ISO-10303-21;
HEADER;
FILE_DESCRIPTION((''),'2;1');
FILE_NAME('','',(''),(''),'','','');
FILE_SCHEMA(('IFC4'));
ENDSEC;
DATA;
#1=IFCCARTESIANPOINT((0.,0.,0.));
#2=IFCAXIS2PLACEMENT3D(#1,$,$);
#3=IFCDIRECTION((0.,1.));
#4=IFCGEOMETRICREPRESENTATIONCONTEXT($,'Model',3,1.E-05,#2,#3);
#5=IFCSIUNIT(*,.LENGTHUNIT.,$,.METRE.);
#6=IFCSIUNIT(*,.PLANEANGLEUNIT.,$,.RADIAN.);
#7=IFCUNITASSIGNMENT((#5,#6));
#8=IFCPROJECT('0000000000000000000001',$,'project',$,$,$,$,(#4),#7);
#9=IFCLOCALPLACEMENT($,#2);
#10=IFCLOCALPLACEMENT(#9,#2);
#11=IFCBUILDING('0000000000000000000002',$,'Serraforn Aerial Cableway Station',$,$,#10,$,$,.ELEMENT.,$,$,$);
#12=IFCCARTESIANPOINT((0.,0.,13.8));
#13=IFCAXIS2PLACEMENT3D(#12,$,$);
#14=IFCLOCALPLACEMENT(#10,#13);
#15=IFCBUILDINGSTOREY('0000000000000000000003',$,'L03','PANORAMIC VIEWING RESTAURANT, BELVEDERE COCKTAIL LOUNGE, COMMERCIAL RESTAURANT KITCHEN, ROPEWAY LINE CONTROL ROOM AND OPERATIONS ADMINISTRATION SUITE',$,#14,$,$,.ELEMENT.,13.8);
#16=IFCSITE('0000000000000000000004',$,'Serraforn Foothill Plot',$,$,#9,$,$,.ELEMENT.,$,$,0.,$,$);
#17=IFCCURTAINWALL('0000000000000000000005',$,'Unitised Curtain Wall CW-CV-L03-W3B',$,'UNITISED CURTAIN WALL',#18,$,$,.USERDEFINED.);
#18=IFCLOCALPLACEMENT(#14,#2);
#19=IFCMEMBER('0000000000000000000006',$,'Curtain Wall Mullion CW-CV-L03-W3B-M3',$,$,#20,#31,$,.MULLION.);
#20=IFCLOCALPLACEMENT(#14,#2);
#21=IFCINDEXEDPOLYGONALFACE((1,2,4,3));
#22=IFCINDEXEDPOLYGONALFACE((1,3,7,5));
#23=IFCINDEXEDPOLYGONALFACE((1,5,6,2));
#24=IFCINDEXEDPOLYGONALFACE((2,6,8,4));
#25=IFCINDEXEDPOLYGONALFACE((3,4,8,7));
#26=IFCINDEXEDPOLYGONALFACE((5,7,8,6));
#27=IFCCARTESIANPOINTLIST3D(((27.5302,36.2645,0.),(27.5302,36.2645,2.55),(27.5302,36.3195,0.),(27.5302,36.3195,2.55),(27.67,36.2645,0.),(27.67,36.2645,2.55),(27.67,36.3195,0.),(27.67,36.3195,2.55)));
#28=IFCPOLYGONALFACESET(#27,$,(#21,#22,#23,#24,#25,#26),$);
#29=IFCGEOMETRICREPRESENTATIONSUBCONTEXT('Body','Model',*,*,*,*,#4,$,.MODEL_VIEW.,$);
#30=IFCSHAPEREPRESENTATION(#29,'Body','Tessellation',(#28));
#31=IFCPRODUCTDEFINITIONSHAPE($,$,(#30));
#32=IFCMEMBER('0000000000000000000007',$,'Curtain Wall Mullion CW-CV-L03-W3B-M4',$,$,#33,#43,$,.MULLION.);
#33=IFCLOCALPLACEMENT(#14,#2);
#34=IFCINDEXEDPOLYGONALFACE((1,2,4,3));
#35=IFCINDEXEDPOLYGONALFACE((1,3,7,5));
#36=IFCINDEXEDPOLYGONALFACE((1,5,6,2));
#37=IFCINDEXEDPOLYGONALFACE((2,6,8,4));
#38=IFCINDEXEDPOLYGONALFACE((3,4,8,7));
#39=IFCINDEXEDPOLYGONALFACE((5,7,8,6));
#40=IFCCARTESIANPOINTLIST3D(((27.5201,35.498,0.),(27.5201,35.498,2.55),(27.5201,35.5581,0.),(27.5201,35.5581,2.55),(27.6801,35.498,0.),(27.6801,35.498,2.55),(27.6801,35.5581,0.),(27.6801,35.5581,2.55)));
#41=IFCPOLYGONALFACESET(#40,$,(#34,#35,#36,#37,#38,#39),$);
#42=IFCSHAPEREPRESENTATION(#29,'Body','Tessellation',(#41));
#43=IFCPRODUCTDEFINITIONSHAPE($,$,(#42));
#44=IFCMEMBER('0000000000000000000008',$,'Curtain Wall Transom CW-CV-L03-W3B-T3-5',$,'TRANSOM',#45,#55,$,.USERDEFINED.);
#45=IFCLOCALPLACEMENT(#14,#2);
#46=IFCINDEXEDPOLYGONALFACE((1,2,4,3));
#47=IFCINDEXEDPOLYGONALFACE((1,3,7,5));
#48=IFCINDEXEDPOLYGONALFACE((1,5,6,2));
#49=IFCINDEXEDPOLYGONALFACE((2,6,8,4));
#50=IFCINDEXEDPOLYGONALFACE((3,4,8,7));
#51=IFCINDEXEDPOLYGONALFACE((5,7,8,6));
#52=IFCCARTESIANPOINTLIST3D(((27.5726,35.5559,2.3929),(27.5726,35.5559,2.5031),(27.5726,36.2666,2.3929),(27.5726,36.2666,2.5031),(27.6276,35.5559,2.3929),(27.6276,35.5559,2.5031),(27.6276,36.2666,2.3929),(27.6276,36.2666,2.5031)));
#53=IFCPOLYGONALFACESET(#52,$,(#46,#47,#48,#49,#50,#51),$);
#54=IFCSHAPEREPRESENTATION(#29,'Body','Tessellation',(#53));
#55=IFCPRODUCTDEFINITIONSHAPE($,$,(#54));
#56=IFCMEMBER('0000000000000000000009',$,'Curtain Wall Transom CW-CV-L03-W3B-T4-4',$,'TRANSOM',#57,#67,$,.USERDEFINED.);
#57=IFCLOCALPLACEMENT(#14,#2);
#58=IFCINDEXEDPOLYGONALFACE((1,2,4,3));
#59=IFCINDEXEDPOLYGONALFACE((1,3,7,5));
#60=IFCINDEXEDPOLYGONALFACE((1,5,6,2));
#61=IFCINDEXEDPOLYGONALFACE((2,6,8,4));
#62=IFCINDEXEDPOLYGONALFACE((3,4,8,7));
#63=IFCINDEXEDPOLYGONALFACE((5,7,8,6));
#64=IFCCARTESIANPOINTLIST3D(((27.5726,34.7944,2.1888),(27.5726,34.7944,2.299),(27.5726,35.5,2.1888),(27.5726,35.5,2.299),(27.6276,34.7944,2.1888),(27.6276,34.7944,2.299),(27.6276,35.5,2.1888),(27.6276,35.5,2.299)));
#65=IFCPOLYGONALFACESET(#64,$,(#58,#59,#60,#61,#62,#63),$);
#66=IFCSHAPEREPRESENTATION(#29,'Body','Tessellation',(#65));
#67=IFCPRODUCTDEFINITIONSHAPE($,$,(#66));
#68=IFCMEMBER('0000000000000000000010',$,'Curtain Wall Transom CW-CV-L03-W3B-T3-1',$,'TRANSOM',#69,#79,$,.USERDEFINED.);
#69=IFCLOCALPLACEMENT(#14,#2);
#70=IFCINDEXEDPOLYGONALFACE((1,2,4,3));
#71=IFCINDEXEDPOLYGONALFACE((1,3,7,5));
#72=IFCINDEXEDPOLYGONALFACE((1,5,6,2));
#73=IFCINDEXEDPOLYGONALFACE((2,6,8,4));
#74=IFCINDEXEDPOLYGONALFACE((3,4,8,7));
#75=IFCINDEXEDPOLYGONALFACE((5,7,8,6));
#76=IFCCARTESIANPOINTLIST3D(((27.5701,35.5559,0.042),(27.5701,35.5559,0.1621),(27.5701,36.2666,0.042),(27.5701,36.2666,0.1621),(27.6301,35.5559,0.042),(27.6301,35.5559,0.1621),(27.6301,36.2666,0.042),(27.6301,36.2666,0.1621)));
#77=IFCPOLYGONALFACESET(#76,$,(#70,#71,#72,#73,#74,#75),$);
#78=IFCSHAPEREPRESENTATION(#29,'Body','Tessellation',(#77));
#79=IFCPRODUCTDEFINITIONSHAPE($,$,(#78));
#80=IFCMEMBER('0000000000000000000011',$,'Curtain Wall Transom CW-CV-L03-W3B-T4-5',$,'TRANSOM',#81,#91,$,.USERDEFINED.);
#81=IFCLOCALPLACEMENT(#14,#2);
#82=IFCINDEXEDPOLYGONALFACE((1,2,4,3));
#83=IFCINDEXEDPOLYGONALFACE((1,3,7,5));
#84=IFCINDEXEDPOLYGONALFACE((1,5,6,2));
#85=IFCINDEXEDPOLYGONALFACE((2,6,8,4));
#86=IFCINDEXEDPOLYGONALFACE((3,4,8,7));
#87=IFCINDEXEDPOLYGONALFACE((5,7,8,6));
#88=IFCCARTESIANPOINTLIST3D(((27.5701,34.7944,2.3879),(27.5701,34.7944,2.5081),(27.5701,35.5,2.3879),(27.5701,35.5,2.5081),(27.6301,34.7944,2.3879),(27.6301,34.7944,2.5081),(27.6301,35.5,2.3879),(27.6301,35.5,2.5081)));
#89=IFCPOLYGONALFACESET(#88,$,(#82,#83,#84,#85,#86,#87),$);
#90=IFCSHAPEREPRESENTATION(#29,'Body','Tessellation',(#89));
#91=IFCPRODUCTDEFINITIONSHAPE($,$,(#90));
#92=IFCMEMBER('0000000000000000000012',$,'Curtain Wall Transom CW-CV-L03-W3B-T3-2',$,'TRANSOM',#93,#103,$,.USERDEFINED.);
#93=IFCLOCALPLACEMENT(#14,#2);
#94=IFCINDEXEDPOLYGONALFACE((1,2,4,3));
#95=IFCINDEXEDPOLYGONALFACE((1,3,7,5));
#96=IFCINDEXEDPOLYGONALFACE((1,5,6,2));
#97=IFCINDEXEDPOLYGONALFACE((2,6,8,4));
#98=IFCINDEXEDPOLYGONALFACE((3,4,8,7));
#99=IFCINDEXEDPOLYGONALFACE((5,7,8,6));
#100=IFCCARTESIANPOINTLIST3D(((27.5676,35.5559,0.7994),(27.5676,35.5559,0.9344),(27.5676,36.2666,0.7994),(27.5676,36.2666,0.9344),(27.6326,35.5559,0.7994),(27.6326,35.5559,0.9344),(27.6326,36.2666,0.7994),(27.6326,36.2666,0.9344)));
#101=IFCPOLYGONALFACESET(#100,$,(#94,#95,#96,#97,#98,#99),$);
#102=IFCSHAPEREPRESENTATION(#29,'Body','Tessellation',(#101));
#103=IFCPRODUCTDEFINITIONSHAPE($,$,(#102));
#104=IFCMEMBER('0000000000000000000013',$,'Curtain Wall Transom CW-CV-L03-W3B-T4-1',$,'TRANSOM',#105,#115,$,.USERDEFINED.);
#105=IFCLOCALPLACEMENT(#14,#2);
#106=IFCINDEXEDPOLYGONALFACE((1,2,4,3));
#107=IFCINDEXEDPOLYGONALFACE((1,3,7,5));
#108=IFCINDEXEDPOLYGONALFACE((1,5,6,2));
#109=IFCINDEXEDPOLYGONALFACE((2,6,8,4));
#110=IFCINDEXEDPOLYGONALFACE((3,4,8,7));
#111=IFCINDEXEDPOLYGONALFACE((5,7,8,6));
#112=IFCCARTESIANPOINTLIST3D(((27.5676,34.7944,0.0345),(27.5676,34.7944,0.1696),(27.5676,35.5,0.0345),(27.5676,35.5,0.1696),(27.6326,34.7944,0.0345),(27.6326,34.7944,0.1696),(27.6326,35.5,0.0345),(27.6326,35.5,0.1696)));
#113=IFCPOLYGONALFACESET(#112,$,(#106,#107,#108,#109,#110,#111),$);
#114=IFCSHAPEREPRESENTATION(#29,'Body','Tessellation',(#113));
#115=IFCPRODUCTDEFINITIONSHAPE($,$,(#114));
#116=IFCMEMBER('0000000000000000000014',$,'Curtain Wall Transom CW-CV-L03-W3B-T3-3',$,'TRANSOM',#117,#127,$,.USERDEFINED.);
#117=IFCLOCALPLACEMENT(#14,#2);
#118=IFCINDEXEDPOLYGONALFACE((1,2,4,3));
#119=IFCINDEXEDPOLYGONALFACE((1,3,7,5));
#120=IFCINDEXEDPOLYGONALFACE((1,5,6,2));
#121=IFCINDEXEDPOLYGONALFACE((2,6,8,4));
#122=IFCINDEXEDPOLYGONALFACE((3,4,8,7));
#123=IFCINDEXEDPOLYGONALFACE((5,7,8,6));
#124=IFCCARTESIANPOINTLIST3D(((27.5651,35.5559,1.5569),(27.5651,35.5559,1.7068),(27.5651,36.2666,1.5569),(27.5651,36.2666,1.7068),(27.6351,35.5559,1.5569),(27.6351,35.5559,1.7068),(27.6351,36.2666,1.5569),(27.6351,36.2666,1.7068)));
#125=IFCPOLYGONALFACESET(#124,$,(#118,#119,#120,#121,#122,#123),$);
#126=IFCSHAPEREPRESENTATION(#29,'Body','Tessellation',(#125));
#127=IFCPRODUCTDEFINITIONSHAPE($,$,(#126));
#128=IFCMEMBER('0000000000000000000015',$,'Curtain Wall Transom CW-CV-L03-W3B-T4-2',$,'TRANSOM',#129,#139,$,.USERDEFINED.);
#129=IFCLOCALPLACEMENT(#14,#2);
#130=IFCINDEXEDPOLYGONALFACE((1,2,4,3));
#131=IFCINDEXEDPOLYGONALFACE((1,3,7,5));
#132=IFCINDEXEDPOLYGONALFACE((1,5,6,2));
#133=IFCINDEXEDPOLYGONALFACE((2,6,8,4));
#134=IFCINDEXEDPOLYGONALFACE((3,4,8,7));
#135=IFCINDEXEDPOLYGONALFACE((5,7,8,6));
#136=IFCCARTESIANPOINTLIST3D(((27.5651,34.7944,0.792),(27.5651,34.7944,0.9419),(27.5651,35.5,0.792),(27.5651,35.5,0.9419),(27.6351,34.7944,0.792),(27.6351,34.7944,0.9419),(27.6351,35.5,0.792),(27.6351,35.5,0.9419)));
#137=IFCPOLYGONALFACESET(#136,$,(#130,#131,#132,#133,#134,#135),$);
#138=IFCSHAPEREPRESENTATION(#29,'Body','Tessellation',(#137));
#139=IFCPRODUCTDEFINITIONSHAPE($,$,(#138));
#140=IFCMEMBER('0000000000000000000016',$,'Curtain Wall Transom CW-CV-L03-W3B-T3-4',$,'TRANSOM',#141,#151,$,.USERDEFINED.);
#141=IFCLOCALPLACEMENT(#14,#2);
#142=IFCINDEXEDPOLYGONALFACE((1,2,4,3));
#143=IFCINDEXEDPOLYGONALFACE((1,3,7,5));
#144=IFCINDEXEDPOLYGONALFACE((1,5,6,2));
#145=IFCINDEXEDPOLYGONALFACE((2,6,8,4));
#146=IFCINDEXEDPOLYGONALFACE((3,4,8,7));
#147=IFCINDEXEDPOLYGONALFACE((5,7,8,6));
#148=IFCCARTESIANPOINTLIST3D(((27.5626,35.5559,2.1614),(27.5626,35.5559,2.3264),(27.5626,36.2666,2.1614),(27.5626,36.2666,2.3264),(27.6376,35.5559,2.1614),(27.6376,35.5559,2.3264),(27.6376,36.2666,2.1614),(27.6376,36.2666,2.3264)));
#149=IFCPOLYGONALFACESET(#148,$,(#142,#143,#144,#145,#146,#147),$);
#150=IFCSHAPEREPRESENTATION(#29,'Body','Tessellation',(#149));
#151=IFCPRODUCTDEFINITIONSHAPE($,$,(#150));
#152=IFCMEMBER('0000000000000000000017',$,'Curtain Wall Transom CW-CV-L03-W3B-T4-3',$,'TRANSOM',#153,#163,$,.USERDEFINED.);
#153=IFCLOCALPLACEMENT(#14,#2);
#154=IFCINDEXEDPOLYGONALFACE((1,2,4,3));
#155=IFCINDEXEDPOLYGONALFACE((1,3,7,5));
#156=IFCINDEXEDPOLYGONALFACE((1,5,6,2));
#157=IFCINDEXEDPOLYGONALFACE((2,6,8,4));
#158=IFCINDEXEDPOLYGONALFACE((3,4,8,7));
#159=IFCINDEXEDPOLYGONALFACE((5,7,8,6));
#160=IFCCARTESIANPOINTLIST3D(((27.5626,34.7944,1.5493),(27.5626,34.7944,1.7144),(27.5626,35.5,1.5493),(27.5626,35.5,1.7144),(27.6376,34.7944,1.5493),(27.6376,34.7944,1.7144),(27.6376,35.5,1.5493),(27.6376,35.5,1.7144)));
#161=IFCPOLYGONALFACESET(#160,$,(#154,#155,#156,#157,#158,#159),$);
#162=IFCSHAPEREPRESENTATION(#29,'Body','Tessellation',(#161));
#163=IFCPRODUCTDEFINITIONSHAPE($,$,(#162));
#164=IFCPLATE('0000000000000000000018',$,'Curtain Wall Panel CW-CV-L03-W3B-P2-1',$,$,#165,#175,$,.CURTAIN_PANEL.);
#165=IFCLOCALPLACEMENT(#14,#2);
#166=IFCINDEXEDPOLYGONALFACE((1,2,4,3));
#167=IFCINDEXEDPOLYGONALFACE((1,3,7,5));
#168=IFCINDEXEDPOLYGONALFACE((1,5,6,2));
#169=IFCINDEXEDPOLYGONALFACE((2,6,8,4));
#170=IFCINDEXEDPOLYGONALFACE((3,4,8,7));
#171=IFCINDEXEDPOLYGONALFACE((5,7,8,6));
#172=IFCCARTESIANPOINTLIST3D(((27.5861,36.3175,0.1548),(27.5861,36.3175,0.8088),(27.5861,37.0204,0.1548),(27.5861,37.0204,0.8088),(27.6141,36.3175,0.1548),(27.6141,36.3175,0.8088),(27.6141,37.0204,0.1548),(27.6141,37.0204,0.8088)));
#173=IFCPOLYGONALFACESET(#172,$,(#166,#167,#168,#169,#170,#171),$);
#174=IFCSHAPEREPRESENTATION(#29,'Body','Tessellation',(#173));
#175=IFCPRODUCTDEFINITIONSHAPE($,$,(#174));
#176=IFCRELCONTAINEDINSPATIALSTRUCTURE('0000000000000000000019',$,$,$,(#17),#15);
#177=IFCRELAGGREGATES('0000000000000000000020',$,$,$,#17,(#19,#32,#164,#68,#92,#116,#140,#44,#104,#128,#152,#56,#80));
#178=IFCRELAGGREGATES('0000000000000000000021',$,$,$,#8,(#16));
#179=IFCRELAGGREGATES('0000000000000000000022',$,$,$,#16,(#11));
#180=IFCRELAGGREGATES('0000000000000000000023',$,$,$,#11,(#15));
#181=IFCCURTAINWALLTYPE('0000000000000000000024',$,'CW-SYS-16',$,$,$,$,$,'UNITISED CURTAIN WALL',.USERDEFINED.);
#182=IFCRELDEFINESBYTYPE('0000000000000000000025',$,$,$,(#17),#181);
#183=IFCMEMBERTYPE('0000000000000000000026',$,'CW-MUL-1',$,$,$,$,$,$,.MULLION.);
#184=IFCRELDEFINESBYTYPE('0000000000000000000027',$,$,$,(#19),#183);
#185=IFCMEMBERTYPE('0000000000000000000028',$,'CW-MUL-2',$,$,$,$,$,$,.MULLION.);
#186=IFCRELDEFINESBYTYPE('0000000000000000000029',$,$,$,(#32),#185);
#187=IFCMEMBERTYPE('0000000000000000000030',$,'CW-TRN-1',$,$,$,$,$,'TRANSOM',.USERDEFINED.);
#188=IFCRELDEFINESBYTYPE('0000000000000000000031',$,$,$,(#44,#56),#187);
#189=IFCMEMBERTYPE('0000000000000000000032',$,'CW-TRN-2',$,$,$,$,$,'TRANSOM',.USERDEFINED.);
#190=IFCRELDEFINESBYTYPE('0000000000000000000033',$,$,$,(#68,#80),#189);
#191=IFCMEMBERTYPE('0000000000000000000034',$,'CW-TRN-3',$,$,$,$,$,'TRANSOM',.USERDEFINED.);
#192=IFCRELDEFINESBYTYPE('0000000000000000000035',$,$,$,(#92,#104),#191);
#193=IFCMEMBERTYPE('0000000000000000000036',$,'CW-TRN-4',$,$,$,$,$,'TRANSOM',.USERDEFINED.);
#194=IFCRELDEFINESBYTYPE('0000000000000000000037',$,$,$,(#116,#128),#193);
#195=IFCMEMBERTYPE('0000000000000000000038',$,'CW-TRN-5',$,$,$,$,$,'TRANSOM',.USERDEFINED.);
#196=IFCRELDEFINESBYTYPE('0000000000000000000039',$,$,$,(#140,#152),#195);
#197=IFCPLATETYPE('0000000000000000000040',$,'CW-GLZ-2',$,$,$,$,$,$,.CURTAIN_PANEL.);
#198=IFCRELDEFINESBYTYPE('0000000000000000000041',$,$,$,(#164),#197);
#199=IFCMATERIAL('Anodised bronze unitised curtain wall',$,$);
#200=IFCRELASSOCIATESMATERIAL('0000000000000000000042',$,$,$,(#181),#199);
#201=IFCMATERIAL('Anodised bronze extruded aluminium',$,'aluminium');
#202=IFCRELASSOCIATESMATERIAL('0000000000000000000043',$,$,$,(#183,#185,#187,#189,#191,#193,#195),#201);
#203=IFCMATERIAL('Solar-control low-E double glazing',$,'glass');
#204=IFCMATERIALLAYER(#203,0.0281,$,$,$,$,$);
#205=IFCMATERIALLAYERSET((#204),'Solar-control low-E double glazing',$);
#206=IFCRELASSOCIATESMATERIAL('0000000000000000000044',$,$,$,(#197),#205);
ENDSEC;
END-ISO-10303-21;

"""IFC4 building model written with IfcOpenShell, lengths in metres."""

from ifc_helpers import new_model, si_unit, direction, frame, origin, origin_2d, place, context, subcontext, project, spatial, rectangle, extrude, material, layer, layer_set, material_profile, profile_set, type_object, element, aggregate, save


model = new_model("IFC4")

# Units and contexts
model_context = context("Model", 3, precision=1e-05, world=origin(), true_north=direction((0.0, 1.0)))
body_context = subcontext(model_context, "Body", "Model", "MODEL_VIEW")
ifc_project = project(units=[si_unit("LENGTHUNIT", "METRE"), si_unit("PLANEANGLEUNIT", "RADIAN")], contexts=[model_context])

# Site, building, storey
site_placement = place(None, origin())
site = spatial("IfcSite", under=ifc_project, at=site_placement, Name="Serraforn Foothill Plot", CompositionType="ELEMENT", RefElevation=0.0)
building_placement = place(site_placement, origin())
building = spatial("IfcBuilding", under=site, at=building_placement, Name="Serraforn Aerial Cableway Station", CompositionType="ELEMENT")
storey_placement = place(building_placement, frame((0.0, 0.0, 13.8)))
storey = spatial("IfcBuildingStorey", under=building, at=storey_placement, Name="L03", Description="PANORAMIC VIEWING RESTAURANT, BELVEDERE COCKTAIL LOUNGE, COMMERCIAL RESTAURANT KITCHEN, ROPEWAY LINE CONTROL ROOM AND OPERATIONS ADMINISTRATION SUITE", CompositionType="ELEMENT", Elevation=13.8)

# Curtain wall, members, plate
ifc_material_1 = material(Name="Anodised bronze unitised curtain wall")
curtain_wall_type = type_object("IfcCurtainWallType", Name="CW-SYS-16", ElementType="UNITISED CURTAIN WALL", PredefinedType="USERDEFINED", material=ifc_material_1)
curtain_wall_placement = place(storey_placement, origin())
curtain_wall = element("IfcCurtainWall", 1, at=curtain_wall_placement, inside=storey, type_object=curtain_wall_type, Name="Unitised Curtain Wall CW-CV-L03-W3B", ObjectType="UNITISED CURTAIN WALL", PredefinedType="USERDEFINED")
ifc_material_2 = material(Name="Anodised bronze extruded aluminium", Category="aluminium")
ifc_material_profile_1 = material_profile(ifc_material_2, rectangle(XDim=0.0549, YDim=0.1399, at=origin_2d()), Name="CW MULLION 55x140")
ifc_profile_set_1 = profile_set([ifc_material_profile_1], Name="Anodised bronze extruded aluminium")
member_type_1 = type_object("IfcMemberType", Name="CW-MUL-1", PredefinedType="MULLION", material=ifc_profile_set_1)
member_1_placement = place(storey_placement, frame((27.6001, 36.292, 0.0), z_axis=(0.0, 0.0, 1.0), x_axis=(0.0, -1.0, 0.0)))
member_1 = element("IfcMember", 2, at=member_1_placement, type_object=member_type_1, Name="Curtain Wall Mullion CW-CV-L03-W3B-M3", PredefinedType="MULLION", context=body_context, shape_type="SweptSolid", body=[
    extrude(rectangle(XDim=0.0549, YDim=0.1399, at=origin_2d()), origin(), (0.0, 0.0, 1.0), 2.55),
])
ifc_material_profile_2 = material_profile(ifc_material_2, rectangle(XDim=0.0601, YDim=0.1599, at=origin_2d()), Name="CW MULLION 60x160")
ifc_profile_set_2 = profile_set([ifc_material_profile_2], Name="Anodised bronze extruded aluminium")
member_type_2 = type_object("IfcMemberType", Name="CW-MUL-2", PredefinedType="MULLION", material=ifc_profile_set_2)
member_2_placement = place(storey_placement, frame((27.6001, 35.5281, 0.0), z_axis=(0.0, 0.0, 1.0), x_axis=(0.0, -1.0, 0.0)))
member_2 = element("IfcMember", 3, at=member_2_placement, type_object=member_type_2, Name="Curtain Wall Mullion CW-CV-L03-W3B-M4", PredefinedType="MULLION", context=body_context, shape_type="SweptSolid", body=[
    extrude(rectangle(XDim=0.0601, YDim=0.1599, at=origin_2d()), origin(), (0.0, 0.0, 1.0), 2.55),
])
ifc_material_profile_3 = material_profile(ifc_material_2, rectangle(XDim=0.0549, YDim=0.1101, at=origin_2d()), Name="CW TRANSOM 55x110")
ifc_profile_set_3 = profile_set([ifc_material_profile_3], Name="Anodised bronze extruded aluminium")
member_type_3 = type_object("IfcMemberType", Name="CW-TRN-1", ElementType="TRANSOM", PredefinedType="USERDEFINED", material=ifc_profile_set_3)
member_3_placement = place(storey_placement, frame((27.6001, 36.2666, 2.448), z_axis=(0.0, -1.0, 0.0), x_axis=(1.0, 0.0, 0.0)))
member_3 = element("IfcMember", 4, at=member_3_placement, type_object=member_type_3, Name="Curtain Wall Transom CW-CV-L03-W3B-T3-5", ObjectType="TRANSOM", PredefinedType="USERDEFINED", context=body_context, shape_type="SweptSolid", body=[
    extrude(rectangle(XDim=0.0549, YDim=0.1101, at=origin_2d()), origin(), (0.0, 0.0, 1.0), 0.7107),
])
member_4_placement = place(storey_placement, frame((27.6001, 35.5, 2.2439), z_axis=(0.0, -1.0, 0.0), x_axis=(1.0, 0.0, 0.0)))
member_4 = element("IfcMember", 5, at=member_4_placement, type_object=member_type_3, Name="Curtain Wall Transom CW-CV-L03-W3B-T4-4", ObjectType="TRANSOM", PredefinedType="USERDEFINED", context=body_context, shape_type="SweptSolid", body=[
    extrude(rectangle(XDim=0.0549, YDim=0.1101, at=origin_2d()), origin(), (0.0, 0.0, 1.0), 0.7056),
])
ifc_material_profile_4 = material_profile(ifc_material_2, rectangle(XDim=0.0601, YDim=0.1201, at=origin_2d()), Name="CW TRANSOM 60x120")
ifc_profile_set_4 = profile_set([ifc_material_profile_4], Name="Anodised bronze extruded aluminium")
member_type_4 = type_object("IfcMemberType", Name="CW-TRN-2", ElementType="TRANSOM", PredefinedType="USERDEFINED", material=ifc_profile_set_4)
member_5_placement = place(storey_placement, frame((27.6001, 36.2666, 0.1021), z_axis=(0.0, -1.0, 0.0), x_axis=(1.0, 0.0, 0.0)))
member_5 = element("IfcMember", 6, at=member_5_placement, type_object=member_type_4, Name="Curtain Wall Transom CW-CV-L03-W3B-T3-1", ObjectType="TRANSOM", PredefinedType="USERDEFINED", context=body_context, shape_type="SweptSolid", body=[
    extrude(rectangle(XDim=0.0601, YDim=0.1201, at=origin_2d()), origin(), (0.0, 0.0, 1.0), 0.7107),
])
member_6_placement = place(storey_placement, frame((27.6001, 35.5, 2.448), z_axis=(0.0, -1.0, 0.0), x_axis=(1.0, 0.0, 0.0)))
member_6 = element("IfcMember", 7, at=member_6_placement, type_object=member_type_4, Name="Curtain Wall Transom CW-CV-L03-W3B-T4-5", ObjectType="TRANSOM", PredefinedType="USERDEFINED", context=body_context, shape_type="SweptSolid", body=[
    extrude(rectangle(XDim=0.0601, YDim=0.1201, at=origin_2d()), origin(), (0.0, 0.0, 1.0), 0.7056),
])
ifc_material_profile_5 = material_profile(ifc_material_2, rectangle(XDim=0.0649, YDim=0.135, at=origin_2d()), Name="CW TRANSOM 65x135")
ifc_profile_set_5 = profile_set([ifc_material_profile_5], Name="Anodised bronze extruded aluminium")
member_type_5 = type_object("IfcMemberType", Name="CW-TRN-3", ElementType="TRANSOM", PredefinedType="USERDEFINED", material=ifc_profile_set_5)
member_7_placement = place(storey_placement, frame((27.6001, 36.2666, 0.8669), z_axis=(0.0, -1.0, 0.0), x_axis=(1.0, 0.0, 0.0)))
member_7 = element("IfcMember", 8, at=member_7_placement, type_object=member_type_5, Name="Curtain Wall Transom CW-CV-L03-W3B-T3-2", ObjectType="TRANSOM", PredefinedType="USERDEFINED", context=body_context, shape_type="SweptSolid", body=[
    extrude(rectangle(XDim=0.0649, YDim=0.135, at=origin_2d()), origin(), (0.0, 0.0, 1.0), 0.7107),
])
member_8_placement = place(storey_placement, frame((27.6001, 35.5, 0.1021), z_axis=(0.0, -1.0, 0.0), x_axis=(1.0, 0.0, 0.0)))
member_8 = element("IfcMember", 9, at=member_8_placement, type_object=member_type_5, Name="Curtain Wall Transom CW-CV-L03-W3B-T4-1", ObjectType="TRANSOM", PredefinedType="USERDEFINED", context=body_context, shape_type="SweptSolid", body=[
    extrude(rectangle(XDim=0.0649, YDim=0.135, at=origin_2d()), origin(), (0.0, 0.0, 1.0), 0.7056),
])
ifc_material_profile_6 = material_profile(ifc_material_2, rectangle(XDim=0.0701, YDim=0.1499, at=origin_2d()), Name="CW TRANSOM 70x150")
ifc_profile_set_6 = profile_set([ifc_material_profile_6], Name="Anodised bronze extruded aluminium")
member_type_6 = type_object("IfcMemberType", Name="CW-TRN-4", ElementType="TRANSOM", PredefinedType="USERDEFINED", material=ifc_profile_set_6)
member_9_placement = place(storey_placement, frame((27.6001, 36.2666, 1.6318), z_axis=(0.0, -1.0, 0.0), x_axis=(1.0, 0.0, 0.0)))
member_9 = element("IfcMember", 10, at=member_9_placement, type_object=member_type_6, Name="Curtain Wall Transom CW-CV-L03-W3B-T3-3", ObjectType="TRANSOM", PredefinedType="USERDEFINED", context=body_context, shape_type="SweptSolid", body=[
    extrude(rectangle(XDim=0.0701, YDim=0.1499, at=origin_2d()), origin(), (0.0, 0.0, 1.0), 0.7107),
])
member_10_placement = place(storey_placement, frame((27.6001, 35.5, 0.8669), z_axis=(0.0, -1.0, 0.0), x_axis=(1.0, 0.0, 0.0)))
member_10 = element("IfcMember", 11, at=member_10_placement, type_object=member_type_6, Name="Curtain Wall Transom CW-CV-L03-W3B-T4-2", ObjectType="TRANSOM", PredefinedType="USERDEFINED", context=body_context, shape_type="SweptSolid", body=[
    extrude(rectangle(XDim=0.0701, YDim=0.1499, at=origin_2d()), origin(), (0.0, 0.0, 1.0), 0.7056),
])
ifc_material_profile_7 = material_profile(ifc_material_2, rectangle(XDim=0.075, YDim=0.165, at=origin_2d()), Name="CW TRANSOM 75x165")
ifc_profile_set_7 = profile_set([ifc_material_profile_7], Name="Anodised bronze extruded aluminium")
member_type_7 = type_object("IfcMemberType", Name="CW-TRN-5", ElementType="TRANSOM", PredefinedType="USERDEFINED", material=ifc_profile_set_7)
member_11_placement = place(storey_placement, frame((27.6001, 36.2666, 2.2439), z_axis=(0.0, -1.0, 0.0), x_axis=(1.0, 0.0, 0.0)))
member_11 = element("IfcMember", 12, at=member_11_placement, type_object=member_type_7, Name="Curtain Wall Transom CW-CV-L03-W3B-T3-4", ObjectType="TRANSOM", PredefinedType="USERDEFINED", context=body_context, shape_type="SweptSolid", body=[
    extrude(rectangle(XDim=0.075, YDim=0.165, at=origin_2d()), origin(), (0.0, 0.0, 1.0), 0.7107),
])
member_12_placement = place(storey_placement, frame((27.6001, 35.5, 1.6318), z_axis=(0.0, -1.0, 0.0), x_axis=(1.0, 0.0, 0.0)))
member_12 = element("IfcMember", 13, at=member_12_placement, type_object=member_type_7, Name="Curtain Wall Transom CW-CV-L03-W3B-T4-3", ObjectType="TRANSOM", PredefinedType="USERDEFINED", context=body_context, shape_type="SweptSolid", body=[
    extrude(rectangle(XDim=0.075, YDim=0.165, at=origin_2d()), origin(), (0.0, 0.0, 1.0), 0.7056),
])
ifc_material_3 = material(Name="Solar-control low-E double glazing", Category="glass")
ifc_layer_1 = layer(ifc_material_3, 0.0281)
ifc_layer_set_1 = layer_set([ifc_layer_1], Name="Solar-control low-E double glazing")
plate_type_1 = type_object("IfcPlateType", Name="CW-GLZ-2", PredefinedType="CURTAIN_PANEL", material=ifc_layer_set_1)
plate_1_placement = place(storey_placement, frame((27.6001, 36.6689, 0.1548), z_axis=(0.0, 0.0, 1.0), x_axis=(1.0, 0.0, 0.0)))
plate_1 = element("IfcPlate", 14, at=plate_1_placement, type_object=plate_type_1, Name="Curtain Wall Panel CW-CV-L03-W3B-P2-1", PredefinedType="CURTAIN_PANEL", context=body_context, shape_type="SweptSolid", body=[
    extrude(rectangle(XDim=0.0281, YDim=0.7029, at=origin_2d()), origin(), (0.0, 0.0, 1.0), 0.6541),
])
aggregate(curtain_wall, [member_1, member_2, plate_1, member_5, member_7, member_9, member_11, member_3, member_8, member_10, member_12, member_4, member_6])

save(model, "model.ifc")
